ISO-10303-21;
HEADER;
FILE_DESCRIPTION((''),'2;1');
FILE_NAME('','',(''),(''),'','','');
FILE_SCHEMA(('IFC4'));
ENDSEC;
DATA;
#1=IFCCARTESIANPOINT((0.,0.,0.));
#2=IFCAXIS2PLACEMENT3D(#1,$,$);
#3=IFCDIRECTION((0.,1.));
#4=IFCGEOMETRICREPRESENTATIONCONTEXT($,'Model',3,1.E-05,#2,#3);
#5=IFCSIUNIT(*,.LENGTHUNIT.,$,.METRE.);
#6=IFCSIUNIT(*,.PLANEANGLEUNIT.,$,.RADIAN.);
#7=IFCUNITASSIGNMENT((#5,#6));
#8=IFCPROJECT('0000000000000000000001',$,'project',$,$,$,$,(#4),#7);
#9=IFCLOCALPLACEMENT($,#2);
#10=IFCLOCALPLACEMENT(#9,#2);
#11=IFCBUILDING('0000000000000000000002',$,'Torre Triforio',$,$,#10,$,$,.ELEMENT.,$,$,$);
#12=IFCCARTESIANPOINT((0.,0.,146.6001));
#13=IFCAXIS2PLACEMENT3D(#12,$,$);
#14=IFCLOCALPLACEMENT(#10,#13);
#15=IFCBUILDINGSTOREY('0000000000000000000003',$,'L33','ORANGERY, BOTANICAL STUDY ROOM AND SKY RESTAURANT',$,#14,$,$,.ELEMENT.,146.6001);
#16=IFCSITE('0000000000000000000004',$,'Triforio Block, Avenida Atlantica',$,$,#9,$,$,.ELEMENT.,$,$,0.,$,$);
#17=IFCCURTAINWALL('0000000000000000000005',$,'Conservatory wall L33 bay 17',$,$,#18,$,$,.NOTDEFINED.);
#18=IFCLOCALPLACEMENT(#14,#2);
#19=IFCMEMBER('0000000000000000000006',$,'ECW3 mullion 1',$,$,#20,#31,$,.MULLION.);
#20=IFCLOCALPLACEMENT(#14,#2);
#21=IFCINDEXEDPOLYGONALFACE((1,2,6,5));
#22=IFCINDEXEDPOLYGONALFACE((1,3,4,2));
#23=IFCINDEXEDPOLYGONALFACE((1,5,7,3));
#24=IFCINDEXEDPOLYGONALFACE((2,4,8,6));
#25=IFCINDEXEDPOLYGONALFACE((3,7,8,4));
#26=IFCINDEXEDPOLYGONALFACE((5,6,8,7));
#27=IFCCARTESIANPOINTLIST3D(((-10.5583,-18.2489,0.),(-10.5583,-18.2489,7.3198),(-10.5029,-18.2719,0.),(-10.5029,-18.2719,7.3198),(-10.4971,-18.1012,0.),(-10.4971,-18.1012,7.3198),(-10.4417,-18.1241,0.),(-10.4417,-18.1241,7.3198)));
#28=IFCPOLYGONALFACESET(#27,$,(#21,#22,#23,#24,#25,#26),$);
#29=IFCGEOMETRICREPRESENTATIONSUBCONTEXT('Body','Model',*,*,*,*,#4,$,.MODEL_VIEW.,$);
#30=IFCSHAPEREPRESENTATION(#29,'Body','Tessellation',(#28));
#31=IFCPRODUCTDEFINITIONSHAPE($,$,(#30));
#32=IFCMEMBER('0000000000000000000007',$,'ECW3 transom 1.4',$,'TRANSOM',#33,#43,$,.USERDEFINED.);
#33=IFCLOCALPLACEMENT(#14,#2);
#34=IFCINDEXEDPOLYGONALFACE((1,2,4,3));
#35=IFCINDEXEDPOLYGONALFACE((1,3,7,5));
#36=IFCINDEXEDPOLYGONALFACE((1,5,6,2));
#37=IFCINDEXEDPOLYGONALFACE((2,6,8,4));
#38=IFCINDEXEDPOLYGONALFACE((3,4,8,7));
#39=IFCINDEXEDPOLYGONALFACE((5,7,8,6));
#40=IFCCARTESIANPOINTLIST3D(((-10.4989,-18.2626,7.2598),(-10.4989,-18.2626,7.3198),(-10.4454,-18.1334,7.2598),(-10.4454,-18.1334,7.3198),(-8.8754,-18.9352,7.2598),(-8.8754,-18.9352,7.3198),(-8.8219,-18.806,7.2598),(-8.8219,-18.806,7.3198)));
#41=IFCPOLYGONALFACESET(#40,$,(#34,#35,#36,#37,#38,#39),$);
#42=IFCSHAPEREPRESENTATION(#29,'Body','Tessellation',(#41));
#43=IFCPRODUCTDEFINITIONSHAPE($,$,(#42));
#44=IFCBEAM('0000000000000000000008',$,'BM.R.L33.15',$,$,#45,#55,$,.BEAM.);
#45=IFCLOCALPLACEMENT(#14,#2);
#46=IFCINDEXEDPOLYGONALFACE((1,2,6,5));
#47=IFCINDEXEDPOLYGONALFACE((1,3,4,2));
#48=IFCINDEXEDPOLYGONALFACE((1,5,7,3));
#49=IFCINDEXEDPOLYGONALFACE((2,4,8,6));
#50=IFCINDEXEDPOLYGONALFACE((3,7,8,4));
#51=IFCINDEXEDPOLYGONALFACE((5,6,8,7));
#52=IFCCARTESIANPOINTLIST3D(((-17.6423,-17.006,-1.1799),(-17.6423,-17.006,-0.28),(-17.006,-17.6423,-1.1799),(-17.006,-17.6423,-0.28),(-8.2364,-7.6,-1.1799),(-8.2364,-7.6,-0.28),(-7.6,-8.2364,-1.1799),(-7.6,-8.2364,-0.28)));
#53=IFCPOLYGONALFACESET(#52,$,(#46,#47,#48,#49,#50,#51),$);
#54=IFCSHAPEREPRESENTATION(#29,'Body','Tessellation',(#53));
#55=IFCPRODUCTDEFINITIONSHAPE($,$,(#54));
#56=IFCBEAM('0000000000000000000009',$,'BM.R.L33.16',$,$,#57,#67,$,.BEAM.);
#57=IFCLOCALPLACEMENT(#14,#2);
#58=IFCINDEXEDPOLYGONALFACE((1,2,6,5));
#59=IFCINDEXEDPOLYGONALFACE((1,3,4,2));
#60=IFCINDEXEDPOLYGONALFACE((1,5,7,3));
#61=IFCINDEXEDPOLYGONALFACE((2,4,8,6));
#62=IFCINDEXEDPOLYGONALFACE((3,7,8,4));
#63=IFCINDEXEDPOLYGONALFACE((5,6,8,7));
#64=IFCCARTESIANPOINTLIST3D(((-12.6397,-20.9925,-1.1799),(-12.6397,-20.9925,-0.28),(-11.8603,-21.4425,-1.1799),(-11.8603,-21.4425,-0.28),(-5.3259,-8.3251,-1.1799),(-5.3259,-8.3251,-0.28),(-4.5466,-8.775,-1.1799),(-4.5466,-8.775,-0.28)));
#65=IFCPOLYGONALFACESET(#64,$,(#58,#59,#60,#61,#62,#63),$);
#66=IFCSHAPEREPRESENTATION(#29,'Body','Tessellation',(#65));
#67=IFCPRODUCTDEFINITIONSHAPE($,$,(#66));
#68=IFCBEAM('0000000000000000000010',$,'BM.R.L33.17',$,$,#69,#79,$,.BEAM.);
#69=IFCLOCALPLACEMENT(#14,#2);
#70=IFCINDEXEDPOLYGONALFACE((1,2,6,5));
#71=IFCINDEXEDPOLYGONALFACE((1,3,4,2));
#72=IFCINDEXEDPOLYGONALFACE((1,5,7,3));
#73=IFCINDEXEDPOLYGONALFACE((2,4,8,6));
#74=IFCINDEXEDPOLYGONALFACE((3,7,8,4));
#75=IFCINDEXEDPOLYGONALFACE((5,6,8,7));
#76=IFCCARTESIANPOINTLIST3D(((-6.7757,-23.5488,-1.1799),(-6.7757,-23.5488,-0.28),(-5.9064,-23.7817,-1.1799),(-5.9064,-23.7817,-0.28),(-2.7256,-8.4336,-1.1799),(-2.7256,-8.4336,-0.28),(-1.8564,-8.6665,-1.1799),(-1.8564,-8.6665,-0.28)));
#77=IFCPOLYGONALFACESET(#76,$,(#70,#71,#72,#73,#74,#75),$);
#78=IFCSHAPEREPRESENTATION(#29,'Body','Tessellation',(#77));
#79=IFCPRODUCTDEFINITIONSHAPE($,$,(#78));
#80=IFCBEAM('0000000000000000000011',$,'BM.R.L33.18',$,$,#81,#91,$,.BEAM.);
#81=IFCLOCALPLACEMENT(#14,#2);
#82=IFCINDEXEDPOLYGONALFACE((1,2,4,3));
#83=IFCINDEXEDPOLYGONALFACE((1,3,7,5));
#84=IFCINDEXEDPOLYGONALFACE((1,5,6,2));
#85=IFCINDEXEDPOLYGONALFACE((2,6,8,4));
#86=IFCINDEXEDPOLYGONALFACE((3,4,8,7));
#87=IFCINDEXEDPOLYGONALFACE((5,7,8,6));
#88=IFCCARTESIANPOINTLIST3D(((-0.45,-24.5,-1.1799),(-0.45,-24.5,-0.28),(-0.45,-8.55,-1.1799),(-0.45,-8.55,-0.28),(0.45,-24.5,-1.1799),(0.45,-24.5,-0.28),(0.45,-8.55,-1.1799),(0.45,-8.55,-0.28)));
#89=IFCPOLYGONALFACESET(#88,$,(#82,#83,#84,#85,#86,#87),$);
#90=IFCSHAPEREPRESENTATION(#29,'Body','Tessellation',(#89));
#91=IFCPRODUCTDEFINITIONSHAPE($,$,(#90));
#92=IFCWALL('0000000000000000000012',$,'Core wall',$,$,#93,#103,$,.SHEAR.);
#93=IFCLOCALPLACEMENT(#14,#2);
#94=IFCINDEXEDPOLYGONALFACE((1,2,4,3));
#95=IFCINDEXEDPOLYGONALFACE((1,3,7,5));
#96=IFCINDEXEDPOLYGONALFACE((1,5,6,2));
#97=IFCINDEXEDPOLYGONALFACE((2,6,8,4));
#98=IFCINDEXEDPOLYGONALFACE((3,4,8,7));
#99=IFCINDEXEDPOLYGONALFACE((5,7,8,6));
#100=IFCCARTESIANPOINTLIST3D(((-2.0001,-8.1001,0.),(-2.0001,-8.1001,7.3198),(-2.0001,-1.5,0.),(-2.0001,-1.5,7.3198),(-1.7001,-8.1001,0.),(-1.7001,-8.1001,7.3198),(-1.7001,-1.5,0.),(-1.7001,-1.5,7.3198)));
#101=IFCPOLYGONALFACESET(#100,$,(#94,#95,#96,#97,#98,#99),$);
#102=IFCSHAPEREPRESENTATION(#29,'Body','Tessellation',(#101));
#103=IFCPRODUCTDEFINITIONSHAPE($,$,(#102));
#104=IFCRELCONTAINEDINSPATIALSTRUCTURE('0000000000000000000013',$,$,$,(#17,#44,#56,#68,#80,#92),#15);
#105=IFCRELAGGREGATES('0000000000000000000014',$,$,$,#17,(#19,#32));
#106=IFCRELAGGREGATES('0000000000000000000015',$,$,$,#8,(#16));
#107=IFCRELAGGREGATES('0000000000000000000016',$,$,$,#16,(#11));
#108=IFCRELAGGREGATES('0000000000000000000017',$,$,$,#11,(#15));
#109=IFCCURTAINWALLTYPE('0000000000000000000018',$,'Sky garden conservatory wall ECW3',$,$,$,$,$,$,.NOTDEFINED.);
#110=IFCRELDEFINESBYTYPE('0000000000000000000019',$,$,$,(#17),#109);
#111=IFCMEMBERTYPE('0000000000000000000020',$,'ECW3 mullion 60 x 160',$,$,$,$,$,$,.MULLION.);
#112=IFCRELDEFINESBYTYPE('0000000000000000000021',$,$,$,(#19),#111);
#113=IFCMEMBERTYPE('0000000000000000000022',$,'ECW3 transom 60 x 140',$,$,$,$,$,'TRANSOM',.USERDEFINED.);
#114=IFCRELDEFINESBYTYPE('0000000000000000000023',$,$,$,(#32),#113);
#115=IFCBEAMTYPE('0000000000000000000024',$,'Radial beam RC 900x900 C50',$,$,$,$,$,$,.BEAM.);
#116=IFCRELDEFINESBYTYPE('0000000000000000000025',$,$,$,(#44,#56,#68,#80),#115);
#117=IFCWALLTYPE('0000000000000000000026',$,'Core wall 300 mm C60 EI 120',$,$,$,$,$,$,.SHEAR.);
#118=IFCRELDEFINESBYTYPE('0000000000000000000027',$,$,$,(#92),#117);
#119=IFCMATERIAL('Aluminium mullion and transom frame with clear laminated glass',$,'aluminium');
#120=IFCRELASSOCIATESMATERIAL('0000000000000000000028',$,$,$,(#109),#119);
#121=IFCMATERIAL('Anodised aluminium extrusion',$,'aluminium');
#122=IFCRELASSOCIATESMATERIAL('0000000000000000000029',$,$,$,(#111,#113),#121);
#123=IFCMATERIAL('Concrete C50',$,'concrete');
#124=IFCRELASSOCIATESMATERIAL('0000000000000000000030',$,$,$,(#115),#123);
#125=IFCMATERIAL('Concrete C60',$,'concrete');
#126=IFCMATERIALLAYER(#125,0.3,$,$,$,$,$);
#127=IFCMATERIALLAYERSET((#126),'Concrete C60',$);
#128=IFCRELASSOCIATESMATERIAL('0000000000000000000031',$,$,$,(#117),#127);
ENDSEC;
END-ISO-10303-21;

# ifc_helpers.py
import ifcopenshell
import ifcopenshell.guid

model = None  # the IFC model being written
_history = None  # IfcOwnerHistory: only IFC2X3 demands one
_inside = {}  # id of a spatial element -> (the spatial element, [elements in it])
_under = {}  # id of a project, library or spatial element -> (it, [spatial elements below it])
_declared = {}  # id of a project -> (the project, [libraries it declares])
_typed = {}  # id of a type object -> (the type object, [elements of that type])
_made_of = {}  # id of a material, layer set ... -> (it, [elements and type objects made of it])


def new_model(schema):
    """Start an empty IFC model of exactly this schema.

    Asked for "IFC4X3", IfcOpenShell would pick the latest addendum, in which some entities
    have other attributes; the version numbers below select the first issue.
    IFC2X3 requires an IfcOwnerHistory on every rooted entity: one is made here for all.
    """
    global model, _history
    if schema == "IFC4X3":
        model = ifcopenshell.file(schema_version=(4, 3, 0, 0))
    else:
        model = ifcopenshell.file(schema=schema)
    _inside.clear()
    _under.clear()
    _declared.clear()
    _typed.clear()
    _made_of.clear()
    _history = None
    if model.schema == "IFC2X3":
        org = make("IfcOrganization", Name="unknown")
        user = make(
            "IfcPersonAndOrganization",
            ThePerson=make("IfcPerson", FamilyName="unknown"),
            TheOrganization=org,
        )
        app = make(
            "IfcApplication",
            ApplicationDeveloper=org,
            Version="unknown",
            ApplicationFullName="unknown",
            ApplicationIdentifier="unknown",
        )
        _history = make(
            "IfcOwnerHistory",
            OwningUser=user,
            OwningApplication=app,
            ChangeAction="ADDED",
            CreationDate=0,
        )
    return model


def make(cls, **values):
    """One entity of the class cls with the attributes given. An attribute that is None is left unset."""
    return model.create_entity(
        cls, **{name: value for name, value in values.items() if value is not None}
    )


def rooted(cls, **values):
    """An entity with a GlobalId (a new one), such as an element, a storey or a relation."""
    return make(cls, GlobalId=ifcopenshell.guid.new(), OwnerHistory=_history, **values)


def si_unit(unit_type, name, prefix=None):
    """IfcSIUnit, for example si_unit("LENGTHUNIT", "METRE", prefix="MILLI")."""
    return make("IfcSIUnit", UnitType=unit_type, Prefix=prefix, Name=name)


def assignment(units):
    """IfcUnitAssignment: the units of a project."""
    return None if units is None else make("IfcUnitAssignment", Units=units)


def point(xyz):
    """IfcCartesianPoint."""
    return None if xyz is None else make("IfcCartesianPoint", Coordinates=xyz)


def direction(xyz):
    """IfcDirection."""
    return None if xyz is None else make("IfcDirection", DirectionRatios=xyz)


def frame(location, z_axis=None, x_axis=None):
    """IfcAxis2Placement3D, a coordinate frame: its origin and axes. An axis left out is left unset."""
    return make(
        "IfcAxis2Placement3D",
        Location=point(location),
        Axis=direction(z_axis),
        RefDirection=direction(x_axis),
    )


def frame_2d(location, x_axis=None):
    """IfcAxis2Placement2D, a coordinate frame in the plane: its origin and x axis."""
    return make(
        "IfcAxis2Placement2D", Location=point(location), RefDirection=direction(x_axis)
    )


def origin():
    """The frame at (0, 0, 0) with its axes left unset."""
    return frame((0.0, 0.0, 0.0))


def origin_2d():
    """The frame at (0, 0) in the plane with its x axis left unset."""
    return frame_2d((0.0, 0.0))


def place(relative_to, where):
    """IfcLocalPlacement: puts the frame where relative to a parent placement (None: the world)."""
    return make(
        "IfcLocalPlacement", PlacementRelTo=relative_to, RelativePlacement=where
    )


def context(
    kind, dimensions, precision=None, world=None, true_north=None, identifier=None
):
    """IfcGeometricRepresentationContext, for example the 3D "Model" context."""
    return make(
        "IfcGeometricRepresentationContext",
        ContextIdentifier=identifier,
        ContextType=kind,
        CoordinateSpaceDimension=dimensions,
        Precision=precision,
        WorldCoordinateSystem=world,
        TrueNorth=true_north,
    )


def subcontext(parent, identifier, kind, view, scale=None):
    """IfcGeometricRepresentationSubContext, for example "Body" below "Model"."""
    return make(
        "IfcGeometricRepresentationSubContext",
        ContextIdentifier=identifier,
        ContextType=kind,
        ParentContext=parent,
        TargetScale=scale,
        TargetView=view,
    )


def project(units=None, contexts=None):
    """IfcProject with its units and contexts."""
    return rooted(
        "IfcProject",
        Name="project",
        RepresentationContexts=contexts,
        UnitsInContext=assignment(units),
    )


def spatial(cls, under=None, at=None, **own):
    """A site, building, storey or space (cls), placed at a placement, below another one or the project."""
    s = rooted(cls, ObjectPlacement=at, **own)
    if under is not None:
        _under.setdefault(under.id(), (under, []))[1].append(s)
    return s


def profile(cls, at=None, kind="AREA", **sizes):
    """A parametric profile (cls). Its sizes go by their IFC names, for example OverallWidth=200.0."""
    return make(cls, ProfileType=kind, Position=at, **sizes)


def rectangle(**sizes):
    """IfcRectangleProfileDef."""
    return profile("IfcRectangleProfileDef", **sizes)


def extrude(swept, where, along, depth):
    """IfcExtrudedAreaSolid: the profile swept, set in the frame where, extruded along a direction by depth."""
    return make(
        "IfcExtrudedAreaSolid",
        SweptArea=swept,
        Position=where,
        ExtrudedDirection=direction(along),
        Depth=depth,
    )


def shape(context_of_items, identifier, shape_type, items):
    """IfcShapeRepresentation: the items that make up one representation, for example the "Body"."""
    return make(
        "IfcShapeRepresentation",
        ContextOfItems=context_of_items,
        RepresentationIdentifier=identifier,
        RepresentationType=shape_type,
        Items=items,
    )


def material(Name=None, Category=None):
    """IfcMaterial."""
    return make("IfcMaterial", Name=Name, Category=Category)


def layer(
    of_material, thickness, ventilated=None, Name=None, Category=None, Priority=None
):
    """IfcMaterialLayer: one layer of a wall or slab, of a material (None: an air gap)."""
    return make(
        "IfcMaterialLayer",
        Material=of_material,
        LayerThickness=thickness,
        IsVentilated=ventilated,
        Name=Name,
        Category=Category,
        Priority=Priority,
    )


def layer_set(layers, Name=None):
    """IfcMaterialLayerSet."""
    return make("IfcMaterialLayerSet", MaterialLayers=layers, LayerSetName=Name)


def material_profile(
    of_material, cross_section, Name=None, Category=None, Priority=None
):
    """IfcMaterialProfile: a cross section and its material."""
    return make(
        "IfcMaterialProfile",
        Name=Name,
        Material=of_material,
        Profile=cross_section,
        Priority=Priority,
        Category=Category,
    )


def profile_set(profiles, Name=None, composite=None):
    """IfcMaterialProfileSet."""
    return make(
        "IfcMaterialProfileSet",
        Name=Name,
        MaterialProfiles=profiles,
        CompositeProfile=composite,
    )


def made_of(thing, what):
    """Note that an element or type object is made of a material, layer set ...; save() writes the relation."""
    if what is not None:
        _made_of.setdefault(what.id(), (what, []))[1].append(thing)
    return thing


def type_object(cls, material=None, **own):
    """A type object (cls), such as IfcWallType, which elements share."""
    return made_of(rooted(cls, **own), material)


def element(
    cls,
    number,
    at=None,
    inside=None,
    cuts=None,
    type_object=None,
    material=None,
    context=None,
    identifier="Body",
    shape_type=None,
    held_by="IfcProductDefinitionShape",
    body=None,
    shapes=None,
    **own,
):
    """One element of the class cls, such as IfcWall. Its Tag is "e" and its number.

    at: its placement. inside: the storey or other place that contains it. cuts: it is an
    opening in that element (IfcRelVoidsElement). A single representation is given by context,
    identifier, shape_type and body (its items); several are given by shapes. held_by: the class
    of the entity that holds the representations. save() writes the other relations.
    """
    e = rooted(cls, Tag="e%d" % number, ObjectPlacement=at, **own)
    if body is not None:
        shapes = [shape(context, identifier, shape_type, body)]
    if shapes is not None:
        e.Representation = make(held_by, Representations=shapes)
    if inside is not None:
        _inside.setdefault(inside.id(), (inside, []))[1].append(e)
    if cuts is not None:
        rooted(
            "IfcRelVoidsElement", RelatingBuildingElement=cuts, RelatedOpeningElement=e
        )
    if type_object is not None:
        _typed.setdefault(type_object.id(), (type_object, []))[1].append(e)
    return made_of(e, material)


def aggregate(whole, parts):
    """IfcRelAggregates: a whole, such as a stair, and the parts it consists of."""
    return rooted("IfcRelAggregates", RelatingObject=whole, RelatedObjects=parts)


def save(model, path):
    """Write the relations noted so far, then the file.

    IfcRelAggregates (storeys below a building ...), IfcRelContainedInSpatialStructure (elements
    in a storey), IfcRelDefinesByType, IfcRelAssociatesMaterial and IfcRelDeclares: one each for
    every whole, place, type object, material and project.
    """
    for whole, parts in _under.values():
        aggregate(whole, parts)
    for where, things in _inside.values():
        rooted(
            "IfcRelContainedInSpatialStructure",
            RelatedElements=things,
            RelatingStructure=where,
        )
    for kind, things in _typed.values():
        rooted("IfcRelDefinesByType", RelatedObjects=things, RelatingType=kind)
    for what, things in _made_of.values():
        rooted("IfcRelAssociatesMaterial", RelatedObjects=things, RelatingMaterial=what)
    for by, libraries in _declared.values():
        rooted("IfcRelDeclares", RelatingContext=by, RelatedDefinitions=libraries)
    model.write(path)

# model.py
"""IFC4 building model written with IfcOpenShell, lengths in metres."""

from ifc_helpers import new_model, si_unit, direction, frame, frame_2d, origin, origin_2d, place, context, subcontext, project, spatial, rectangle, extrude, material, layer, layer_set, material_profile, profile_set, type_object, element, aggregate, save


model = new_model("IFC4")

# Units and contexts
model_context = context("Model", 3, precision=1e-05, world=origin(), true_north=direction((0.0, 1.0)))
body_context = subcontext(model_context, "Body", "Model", "MODEL_VIEW")
ifc_project = project(units=[si_unit("LENGTHUNIT", "METRE"), si_unit("PLANEANGLEUNIT", "RADIAN")], contexts=[model_context])

# Site, building, storey
site_placement = place(None, origin())
site = spatial("IfcSite", under=ifc_project, at=site_placement, Name="Triforio Block, Avenida Atlantica", CompositionType="ELEMENT", RefElevation=0.0)
building_placement = place(site_placement, origin())
building = spatial("IfcBuilding", under=site, at=building_placement, Name="Torre Triforio", CompositionType="ELEMENT")
storey_placement = place(building_placement, frame((0.0, 0.0, 146.6001)))
storey = spatial("IfcBuildingStorey", under=building, at=storey_placement, Name="L33", Description="ORANGERY, BOTANICAL STUDY ROOM AND SKY RESTAURANT", CompositionType="ELEMENT", Elevation=146.6001)

# Curtain wall, members
ifc_material_1 = material(Name="Aluminium mullion and transom frame with clear laminated glass", Category="aluminium")
curtain_wall_type = type_object("IfcCurtainWallType", Name="Sky garden conservatory wall ECW3", PredefinedType="NOTDEFINED", material=ifc_material_1)
curtain_wall_placement = place(storey_placement, origin())
curtain_wall = element("IfcCurtainWall", 1, at=curtain_wall_placement, inside=storey, type_object=curtain_wall_type, Name="Conservatory wall L33 bay 17", PredefinedType="NOTDEFINED")
ifc_material_2 = material(Name="Anodised aluminium extrusion", Category="aluminium")
ifc_material_profile_1 = material_profile(ifc_material_2, rectangle(XDim=0.1599, YDim=0.0601, at=origin_2d()), Name="ECW3 MULLION 60x160")
ifc_profile_set_1 = profile_set([ifc_material_profile_1], Name="Anodised aluminium extrusion")
member_type_1 = type_object("IfcMemberType", Name="ECW3 mullion 60 x 160", PredefinedType="MULLION", material=ifc_profile_set_1)
member_1_placement = place(storey_placement, frame((-10.5, -18.1865, 0.0), z_axis=(0.0, 0.0, 1.0), x_axis=(0.382675, 0.923883, 0.0)))
member_1 = element("IfcMember", 2, at=member_1_placement, type_object=member_type_1, Name="ECW3 mullion 1", PredefinedType="MULLION", context=body_context, shape_type="SweptSolid", body=[
    extrude(rectangle(XDim=0.1599, YDim=0.0601, at=origin_2d()), origin(), (0.0, 0.0, 1.0), 7.3198),
])
ifc_material_profile_2 = material_profile(ifc_material_2, rectangle(XDim=0.1399, YDim=0.0601, at=origin_2d()), Name="ECW3 TRANSOM 60x140")
ifc_profile_set_2 = profile_set([ifc_material_profile_2], Name="Anodised aluminium extrusion")
member_type_2 = type_object("IfcMemberType", Name="ECW3 transom 60 x 140", ElementType="TRANSOM", PredefinedType="USERDEFINED", material=ifc_profile_set_2)
member_2_placement = place(storey_placement, frame((-10.4722, -18.198, 7.2898), z_axis=(0.923856, -0.38274, 0.0), x_axis=(0.38274, 0.923856, 0.0)))
member_2 = element("IfcMember", 3, at=member_2_placement, type_object=member_type_2, Name="ECW3 transom 1.4", ObjectType="TRANSOM", PredefinedType="USERDEFINED", context=body_context, shape_type="SweptSolid", body=[
    extrude(rectangle(XDim=0.1399, YDim=0.0601, at=origin_2d()), origin(), (0.0, 0.0, 1.0), 1.7573),
])
aggregate(curtain_wall, [member_1, member_2])

# Beams
ifc_material_3 = material(Name="Concrete C50", Category="concrete")
ifc_material_profile_3 = material_profile(ifc_material_3, rectangle(XDim=0.8999, YDim=0.8999, at=origin_2d()), Name="RC 900x900")
ifc_profile_set_3 = profile_set([ifc_material_profile_3], Name="Concrete C50")
beam_type = type_object("IfcBeamType", Name="Radial beam RC 900x900 C50", PredefinedType="BEAM", material=ifc_profile_set_3)
beam_1_placement = place(storey_placement, frame((-7.9182, -7.9182, -0.73), z_axis=(-0.707107, -0.707107, 0.0), x_axis=(0.707107, -0.707107, 0.0)))
element("IfcBeam", 4, at=beam_1_placement, inside=storey, type_object=beam_type, Name="BM.R.L33.15", PredefinedType="BEAM", context=body_context, shape_type="SweptSolid", body=[
    extrude(rectangle(XDim=0.8999, YDim=0.8999, at=origin_2d()), origin(), (0.0, 0.0, 1.0), 13.302),
])
beam_2_placement = place(storey_placement, frame((-4.9363, -8.55, -0.73), z_axis=(-0.500008, -0.866021, 0.0), x_axis=(0.866021, -0.500008, 0.0)))
element("IfcBeam", 5, at=beam_2_placement, inside=storey, type_object=beam_type, Name="BM.R.L33.16", PredefinedType="BEAM", context=body_context, shape_type="SweptSolid", body=[
    extrude(rectangle(XDim=0.8999, YDim=0.8999, at=origin_2d()), origin(), (0.0, 0.0, 1.0), 14.6272),
])
beam_3_placement = place(storey_placement, frame((-2.291, -8.55, -0.73), z_axis=(-0.258815, -0.965927, 0.0), x_axis=(0.965927, -0.258815, 0.0)))
element("IfcBeam", 6, at=beam_3_placement, inside=storey, type_object=beam_type, Name="BM.R.L33.17", PredefinedType="BEAM", context=body_context, shape_type="SweptSolid", body=[
    extrude(rectangle(XDim=0.8999, YDim=0.8999, at=origin_2d()), origin(), (0.0, 0.0, 1.0), 15.6484),
])
beam_4_placement = place(storey_placement, frame((0.0, -8.55, -0.73), z_axis=(0.0, -1.0, 0.0), x_axis=(1.0, 0.0, 0.0)))
element("IfcBeam", 7, at=beam_4_placement, inside=storey, type_object=beam_type, Name="BM.R.L33.18", PredefinedType="BEAM", context=body_context, shape_type="SweptSolid", body=[
    extrude(rectangle(XDim=0.8999, YDim=0.8999, at=origin_2d()), origin(), (0.0, 0.0, 1.0), 15.95),
])

# Wall
ifc_material_4 = material(Name="Concrete C60", Category="concrete")
ifc_layer_1 = layer(ifc_material_4, 0.3)
ifc_layer_set_1 = layer_set([ifc_layer_1], Name="Concrete C60")
wall_type_1 = type_object("IfcWallType", Name="Core wall 300 mm C60 EI 120", PredefinedType="SHEAR", material=ifc_layer_set_1)
wall_1_placement = place(storey_placement, frame((-1.8501, -8.1001, 0.0), z_axis=(0.0, 0.0, 1.0), x_axis=(0.0, 1.0, 0.0)))
element("IfcWall", 8, at=wall_1_placement, inside=storey, type_object=wall_type_1, Name="Core wall", PredefinedType="SHEAR", context=body_context, shape_type="SweptSolid", body=[
    extrude(rectangle(XDim=6.6001, YDim=0.3, at=frame_2d((3.3, 0.0))), origin(), (0.0, 0.0, 1.0), 7.3198),
])

save(model, "model.ifc")
